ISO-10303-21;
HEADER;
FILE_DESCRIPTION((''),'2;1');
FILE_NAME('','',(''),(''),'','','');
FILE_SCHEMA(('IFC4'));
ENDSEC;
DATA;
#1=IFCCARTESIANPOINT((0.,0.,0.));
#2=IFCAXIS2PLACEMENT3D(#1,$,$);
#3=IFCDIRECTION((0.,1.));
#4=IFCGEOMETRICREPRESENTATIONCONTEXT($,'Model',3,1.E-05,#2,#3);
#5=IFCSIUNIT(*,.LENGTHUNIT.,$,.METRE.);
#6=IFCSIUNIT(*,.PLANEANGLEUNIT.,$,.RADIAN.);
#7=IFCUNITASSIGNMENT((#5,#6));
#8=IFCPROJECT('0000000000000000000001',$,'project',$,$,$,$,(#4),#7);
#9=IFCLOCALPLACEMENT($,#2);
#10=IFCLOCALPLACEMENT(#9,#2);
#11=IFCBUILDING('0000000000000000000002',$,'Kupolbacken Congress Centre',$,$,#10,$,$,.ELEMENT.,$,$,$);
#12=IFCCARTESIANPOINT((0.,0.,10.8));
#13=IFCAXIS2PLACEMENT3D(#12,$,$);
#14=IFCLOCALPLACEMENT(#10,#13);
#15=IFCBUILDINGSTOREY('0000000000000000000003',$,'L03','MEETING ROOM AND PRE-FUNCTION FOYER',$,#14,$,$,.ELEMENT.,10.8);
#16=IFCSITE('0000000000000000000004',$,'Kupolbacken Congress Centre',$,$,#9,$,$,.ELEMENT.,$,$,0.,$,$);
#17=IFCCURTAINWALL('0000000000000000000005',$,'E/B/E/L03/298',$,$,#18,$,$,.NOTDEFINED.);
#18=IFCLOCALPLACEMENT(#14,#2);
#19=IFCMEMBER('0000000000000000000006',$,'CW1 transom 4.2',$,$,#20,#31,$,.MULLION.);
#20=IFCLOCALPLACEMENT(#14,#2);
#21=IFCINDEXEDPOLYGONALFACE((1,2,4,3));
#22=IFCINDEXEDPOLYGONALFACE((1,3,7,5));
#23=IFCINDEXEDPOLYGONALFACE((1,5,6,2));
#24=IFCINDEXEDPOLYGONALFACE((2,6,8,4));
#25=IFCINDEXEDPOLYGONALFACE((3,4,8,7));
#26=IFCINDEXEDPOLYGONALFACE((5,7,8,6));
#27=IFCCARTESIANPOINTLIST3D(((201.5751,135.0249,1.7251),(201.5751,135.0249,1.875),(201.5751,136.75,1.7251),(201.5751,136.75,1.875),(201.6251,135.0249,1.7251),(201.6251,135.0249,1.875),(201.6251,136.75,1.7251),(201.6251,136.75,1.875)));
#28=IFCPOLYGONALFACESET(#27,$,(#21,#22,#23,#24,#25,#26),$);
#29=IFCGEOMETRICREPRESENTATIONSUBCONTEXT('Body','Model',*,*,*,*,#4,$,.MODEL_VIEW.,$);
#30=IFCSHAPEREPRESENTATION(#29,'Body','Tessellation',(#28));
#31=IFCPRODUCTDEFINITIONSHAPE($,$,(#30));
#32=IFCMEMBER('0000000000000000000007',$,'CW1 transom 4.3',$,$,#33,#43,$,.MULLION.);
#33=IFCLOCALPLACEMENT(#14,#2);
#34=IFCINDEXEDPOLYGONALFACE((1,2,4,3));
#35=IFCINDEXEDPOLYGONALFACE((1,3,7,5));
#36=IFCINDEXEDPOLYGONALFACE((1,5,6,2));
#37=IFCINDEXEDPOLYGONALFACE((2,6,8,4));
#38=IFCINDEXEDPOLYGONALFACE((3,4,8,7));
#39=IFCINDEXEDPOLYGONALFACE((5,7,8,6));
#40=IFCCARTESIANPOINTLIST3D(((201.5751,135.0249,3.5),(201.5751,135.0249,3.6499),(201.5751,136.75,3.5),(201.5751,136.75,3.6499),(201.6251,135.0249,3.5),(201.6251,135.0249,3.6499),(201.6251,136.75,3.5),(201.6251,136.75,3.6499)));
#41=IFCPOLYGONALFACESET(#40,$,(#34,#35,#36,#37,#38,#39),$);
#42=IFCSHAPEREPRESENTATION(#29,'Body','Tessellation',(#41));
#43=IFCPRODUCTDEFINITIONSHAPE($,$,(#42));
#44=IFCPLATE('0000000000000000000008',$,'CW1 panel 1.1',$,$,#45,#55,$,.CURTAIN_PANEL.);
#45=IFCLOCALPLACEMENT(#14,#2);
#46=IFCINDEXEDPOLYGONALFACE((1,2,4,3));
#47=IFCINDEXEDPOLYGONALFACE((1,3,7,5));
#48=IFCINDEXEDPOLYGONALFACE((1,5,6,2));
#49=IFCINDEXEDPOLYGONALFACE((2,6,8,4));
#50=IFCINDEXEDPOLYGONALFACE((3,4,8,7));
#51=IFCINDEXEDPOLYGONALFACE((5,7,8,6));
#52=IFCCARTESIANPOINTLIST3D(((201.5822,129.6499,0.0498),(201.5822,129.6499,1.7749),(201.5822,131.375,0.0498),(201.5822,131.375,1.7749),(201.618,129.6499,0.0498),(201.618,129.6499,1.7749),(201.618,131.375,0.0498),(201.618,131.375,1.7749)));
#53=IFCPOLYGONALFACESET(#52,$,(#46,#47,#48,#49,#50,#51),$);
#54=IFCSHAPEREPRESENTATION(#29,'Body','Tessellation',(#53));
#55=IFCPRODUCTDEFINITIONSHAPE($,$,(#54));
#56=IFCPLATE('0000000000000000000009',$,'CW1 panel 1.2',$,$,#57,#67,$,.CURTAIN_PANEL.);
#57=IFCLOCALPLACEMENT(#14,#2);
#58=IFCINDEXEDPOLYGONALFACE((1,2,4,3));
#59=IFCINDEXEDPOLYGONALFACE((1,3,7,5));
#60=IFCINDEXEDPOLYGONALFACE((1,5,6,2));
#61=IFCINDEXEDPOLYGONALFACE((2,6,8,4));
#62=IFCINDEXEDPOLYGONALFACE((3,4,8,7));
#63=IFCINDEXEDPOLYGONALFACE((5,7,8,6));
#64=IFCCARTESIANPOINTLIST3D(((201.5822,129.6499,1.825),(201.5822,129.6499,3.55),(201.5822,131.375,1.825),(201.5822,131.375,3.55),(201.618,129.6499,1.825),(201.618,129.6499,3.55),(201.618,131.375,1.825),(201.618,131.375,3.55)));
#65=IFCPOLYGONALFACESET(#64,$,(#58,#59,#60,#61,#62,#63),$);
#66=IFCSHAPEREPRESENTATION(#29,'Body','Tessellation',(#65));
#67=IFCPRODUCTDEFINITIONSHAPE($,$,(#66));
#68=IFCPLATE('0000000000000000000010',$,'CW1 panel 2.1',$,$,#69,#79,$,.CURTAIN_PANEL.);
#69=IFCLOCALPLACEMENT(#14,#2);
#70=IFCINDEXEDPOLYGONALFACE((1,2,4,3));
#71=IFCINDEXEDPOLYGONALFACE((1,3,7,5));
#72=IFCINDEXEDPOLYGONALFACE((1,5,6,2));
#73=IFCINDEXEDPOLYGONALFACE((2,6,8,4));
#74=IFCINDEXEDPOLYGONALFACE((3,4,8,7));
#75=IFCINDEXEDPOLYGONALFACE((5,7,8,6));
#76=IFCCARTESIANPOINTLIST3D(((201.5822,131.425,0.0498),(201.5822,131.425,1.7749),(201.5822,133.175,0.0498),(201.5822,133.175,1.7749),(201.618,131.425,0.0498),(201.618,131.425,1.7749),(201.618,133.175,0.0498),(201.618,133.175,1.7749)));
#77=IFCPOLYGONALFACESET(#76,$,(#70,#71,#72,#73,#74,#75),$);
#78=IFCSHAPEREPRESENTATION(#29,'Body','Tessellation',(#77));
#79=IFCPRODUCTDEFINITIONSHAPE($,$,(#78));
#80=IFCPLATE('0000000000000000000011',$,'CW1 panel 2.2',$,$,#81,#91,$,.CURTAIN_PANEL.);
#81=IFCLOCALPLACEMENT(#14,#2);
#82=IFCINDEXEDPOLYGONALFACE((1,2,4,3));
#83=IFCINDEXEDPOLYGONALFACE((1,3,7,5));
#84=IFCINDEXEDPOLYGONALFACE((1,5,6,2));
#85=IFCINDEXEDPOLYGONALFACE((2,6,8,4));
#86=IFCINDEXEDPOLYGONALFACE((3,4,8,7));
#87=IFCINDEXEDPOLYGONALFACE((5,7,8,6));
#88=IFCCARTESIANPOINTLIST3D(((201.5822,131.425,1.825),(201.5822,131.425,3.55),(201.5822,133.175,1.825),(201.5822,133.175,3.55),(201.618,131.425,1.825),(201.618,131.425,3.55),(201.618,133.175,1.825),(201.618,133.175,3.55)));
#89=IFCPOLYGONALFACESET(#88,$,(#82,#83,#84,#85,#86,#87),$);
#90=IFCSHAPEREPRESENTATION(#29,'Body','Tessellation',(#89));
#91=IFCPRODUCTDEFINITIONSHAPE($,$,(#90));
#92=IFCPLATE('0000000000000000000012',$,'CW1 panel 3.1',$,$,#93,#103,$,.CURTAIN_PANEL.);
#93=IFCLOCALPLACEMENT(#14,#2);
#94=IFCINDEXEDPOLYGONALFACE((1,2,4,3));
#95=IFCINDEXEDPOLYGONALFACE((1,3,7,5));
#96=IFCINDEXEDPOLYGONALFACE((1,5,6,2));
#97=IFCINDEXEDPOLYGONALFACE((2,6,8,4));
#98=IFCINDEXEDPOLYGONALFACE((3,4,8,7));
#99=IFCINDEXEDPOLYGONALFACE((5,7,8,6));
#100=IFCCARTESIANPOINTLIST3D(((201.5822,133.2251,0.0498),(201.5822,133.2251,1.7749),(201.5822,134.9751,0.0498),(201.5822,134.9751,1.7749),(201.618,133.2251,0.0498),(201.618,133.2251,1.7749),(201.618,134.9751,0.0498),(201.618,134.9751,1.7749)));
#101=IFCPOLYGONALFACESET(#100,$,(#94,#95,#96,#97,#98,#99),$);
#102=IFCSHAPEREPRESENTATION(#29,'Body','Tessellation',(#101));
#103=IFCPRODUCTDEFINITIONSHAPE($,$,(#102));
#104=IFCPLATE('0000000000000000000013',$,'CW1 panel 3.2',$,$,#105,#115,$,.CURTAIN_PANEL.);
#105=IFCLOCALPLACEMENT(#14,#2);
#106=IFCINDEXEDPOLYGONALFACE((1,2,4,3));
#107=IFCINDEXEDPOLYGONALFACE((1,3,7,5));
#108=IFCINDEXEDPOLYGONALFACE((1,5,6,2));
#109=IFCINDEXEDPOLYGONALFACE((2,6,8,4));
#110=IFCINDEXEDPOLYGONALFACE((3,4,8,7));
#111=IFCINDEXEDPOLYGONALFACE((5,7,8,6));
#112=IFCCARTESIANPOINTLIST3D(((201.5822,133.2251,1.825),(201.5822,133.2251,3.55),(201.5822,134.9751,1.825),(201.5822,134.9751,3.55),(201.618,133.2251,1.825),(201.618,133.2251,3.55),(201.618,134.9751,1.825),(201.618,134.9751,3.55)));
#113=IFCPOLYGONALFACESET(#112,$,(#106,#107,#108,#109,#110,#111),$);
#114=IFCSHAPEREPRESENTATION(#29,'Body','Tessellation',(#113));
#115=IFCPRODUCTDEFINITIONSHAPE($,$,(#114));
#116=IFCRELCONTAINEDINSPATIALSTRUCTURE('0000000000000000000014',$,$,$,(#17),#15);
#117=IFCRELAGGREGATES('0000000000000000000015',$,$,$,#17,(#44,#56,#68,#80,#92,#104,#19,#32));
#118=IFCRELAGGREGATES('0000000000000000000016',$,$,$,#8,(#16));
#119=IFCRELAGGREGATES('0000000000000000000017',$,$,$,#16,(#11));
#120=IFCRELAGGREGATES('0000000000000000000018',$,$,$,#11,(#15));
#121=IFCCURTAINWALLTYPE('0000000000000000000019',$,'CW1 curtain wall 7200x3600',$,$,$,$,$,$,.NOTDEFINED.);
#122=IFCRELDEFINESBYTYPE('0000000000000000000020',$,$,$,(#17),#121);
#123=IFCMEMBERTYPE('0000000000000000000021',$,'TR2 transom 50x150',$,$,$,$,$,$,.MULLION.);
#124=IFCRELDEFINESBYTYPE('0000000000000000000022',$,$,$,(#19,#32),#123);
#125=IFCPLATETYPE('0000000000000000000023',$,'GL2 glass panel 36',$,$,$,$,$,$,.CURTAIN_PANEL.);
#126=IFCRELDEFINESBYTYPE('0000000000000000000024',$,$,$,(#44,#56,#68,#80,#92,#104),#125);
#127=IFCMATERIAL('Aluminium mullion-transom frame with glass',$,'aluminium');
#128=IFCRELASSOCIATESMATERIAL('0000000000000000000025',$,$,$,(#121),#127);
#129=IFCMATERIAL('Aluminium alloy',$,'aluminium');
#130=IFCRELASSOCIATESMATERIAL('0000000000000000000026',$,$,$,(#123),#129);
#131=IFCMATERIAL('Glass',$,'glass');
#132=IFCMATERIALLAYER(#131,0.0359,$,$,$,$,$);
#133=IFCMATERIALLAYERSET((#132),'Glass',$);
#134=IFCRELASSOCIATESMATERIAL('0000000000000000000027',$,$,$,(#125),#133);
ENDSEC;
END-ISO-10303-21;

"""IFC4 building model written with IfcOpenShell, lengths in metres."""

from ifc_helpers import new_model, si_unit, direction, frame, origin, origin_2d, place, context, subcontext, project, spatial, rectangle, extrude, material, layer, layer_set, material_profile, profile_set, type_object, element, aggregate, save


model = new_model("IFC4")

# Units and contexts
model_context = context("Model", 3, precision=1e-05, world=origin(), true_north=direction((0.0, 1.0)))
body_context = subcontext(model_context, "Body", "Model", "MODEL_VIEW")
ifc_project = project(units=[si_unit("LENGTHUNIT", "METRE"), si_unit("PLANEANGLEUNIT", "RADIAN")], contexts=[model_context])

# Site, building, storey
site_placement = place(None, origin())
site = spatial("IfcSite", under=ifc_project, at=site_placement, Name="Kupolbacken Congress Centre", CompositionType="ELEMENT", RefElevation=0.0)
building_placement = place(site_placement, origin())
building = spatial("IfcBuilding", under=site, at=building_placement, Name="Kupolbacken Congress Centre", CompositionType="ELEMENT")
storey_placement = place(building_placement, frame((0.0, 0.0, 10.8)))
storey = spatial("IfcBuildingStorey", under=building, at=storey_placement, Name="L03", Description="MEETING ROOM AND PRE-FUNCTION FOYER", CompositionType="ELEMENT", Elevation=10.8)

# Shared definitions
ifc_material_1 = material(Name="Aluminium mullion-transom frame with glass", Category="aluminium")
curtain_wall_type = type_object("IfcCurtainWallType", Name="CW1 curtain wall 7200x3600", PredefinedType="NOTDEFINED", material=ifc_material_1)

# Curtain wall, members, plates
curtain_wall_1_placement = place(storey_placement, origin())
curtain_wall_1 = element("IfcCurtainWall", 1, at=curtain_wall_1_placement, inside=storey, type_object=curtain_wall_type, Name="E/B/E/L03/298", PredefinedType="NOTDEFINED")
ifc_material_2 = material(Name="Aluminium alloy", Category="aluminium")
ifc_material_profile_1 = material_profile(ifc_material_2, rectangle(XDim=0.05, YDim=0.1499, at=origin_2d()), Name="50 x 150")
ifc_profile_set_1 = profile_set([ifc_material_profile_1], Name="Aluminium alloy")
member_type_1 = type_object("IfcMemberType", Name="TR2 transom 50x150", PredefinedType="MULLION", material=ifc_profile_set_1)
member_1_placement = place(storey_placement, frame((201.6001, 135.0249, 1.8), z_axis=(0.0, 1.0, 0.0), x_axis=(-1.0, 0.0, 0.0)))
member_1 = element("IfcMember", 2, at=member_1_placement, type_object=member_type_1, Name="CW1 transom 4.2", PredefinedType="MULLION", context=body_context, shape_type="SweptSolid", body=[
    extrude(rectangle(XDim=0.05, YDim=0.1499, at=origin_2d()), origin(), (0.0, 0.0, 1.0), 1.7251),
])
member_2_placement = place(storey_placement, frame((201.6001, 135.0249, 3.575), z_axis=(0.0, 1.0, 0.0), x_axis=(-1.0, 0.0, 0.0)))
member_2 = element("IfcMember", 3, at=member_2_placement, type_object=member_type_1, Name="CW1 transom 4.3", PredefinedType="MULLION", context=body_context, shape_type="SweptSolid", body=[
    extrude(rectangle(XDim=0.05, YDim=0.1499, at=origin_2d()), origin(), (0.0, 0.0, 1.0), 1.7251),
])
ifc_material_3 = material(Name="Glass", Category="glass")
ifc_layer = layer(ifc_material_3, 0.0359)
ifc_layer_set = layer_set([ifc_layer], Name="Glass")
plate_type = type_object("IfcPlateType", Name="GL2 glass panel 36", PredefinedType="CURTAIN_PANEL", material=ifc_layer_set)
plate_1_placement = place(storey_placement, frame((201.6001, 130.5125, 0.0498), z_axis=(0.0, 0.0, 1.0), x_axis=(0.0, 1.0, 0.0)))
plate_1 = element("IfcPlate", 4, at=plate_1_placement, type_object=plate_type, Name="CW1 panel 1.1", PredefinedType="CURTAIN_PANEL", context=body_context, shape_type="SweptSolid", body=[
    extrude(rectangle(XDim=1.7251, YDim=0.0359, at=origin_2d()), origin(), (0.0, 0.0, 1.0), 1.7251),
])
plate_2_placement = place(storey_placement, frame((201.6001, 130.5125, 1.825), z_axis=(0.0, 0.0, 1.0), x_axis=(0.0, 1.0, 0.0)))
plate_2 = element("IfcPlate", 5, at=plate_2_placement, type_object=plate_type, Name="CW1 panel 1.2", PredefinedType="CURTAIN_PANEL", context=body_context, shape_type="SweptSolid", body=[
    extrude(rectangle(XDim=1.7251, YDim=0.0359, at=origin_2d()), origin(), (0.0, 0.0, 1.0), 1.7251),
])
plate_3_placement = place(storey_placement, frame((201.6001, 132.3, 0.0498), z_axis=(0.0, 0.0, 1.0), x_axis=(0.0, 1.0, 0.0)))
plate_3 = element("IfcPlate", 6, at=plate_3_placement, type_object=plate_type, Name="CW1 panel 2.1", PredefinedType="CURTAIN_PANEL", context=body_context, shape_type="SweptSolid", body=[
    extrude(rectangle(XDim=1.75, YDim=0.0359, at=origin_2d()), origin(), (0.0, 0.0, 1.0), 1.7251),
])
plate_4_placement = place(storey_placement, frame((201.6001, 132.3, 1.825), z_axis=(0.0, 0.0, 1.0), x_axis=(0.0, 1.0, 0.0)))
plate_4 = element("IfcPlate", 7, at=plate_4_placement, type_object=plate_type, Name="CW1 panel 2.2", PredefinedType="CURTAIN_PANEL", context=body_context, shape_type="SweptSolid", body=[
    extrude(rectangle(XDim=1.75, YDim=0.0359, at=origin_2d()), origin(), (0.0, 0.0, 1.0), 1.7251),
])
plate_5_placement = place(storey_placement, frame((201.6001, 134.1001, 0.0498), z_axis=(0.0, 0.0, 1.0), x_axis=(0.0, 1.0, 0.0)))
plate_5 = element("IfcPlate", 8, at=plate_5_placement, type_object=plate_type, Name="CW1 panel 3.1", PredefinedType="CURTAIN_PANEL", context=body_context, shape_type="SweptSolid", body=[
    extrude(rectangle(XDim=1.75, YDim=0.0359, at=origin_2d()), origin(), (0.0, 0.0, 1.0), 1.7251),
])
plate_6_placement = place(storey_placement, frame((201.6001, 134.1001, 1.825), z_axis=(0.0, 0.0, 1.0), x_axis=(0.0, 1.0, 0.0)))
plate_6 = element("IfcPlate", 9, at=plate_6_placement, type_object=plate_type, Name="CW1 panel 3.2", PredefinedType="CURTAIN_PANEL", context=body_context, shape_type="SweptSolid", body=[
    extrude(rectangle(XDim=1.75, YDim=0.0359, at=origin_2d()), origin(), (0.0, 0.0, 1.0), 1.7251),
])
aggregate(curtain_wall_1, [plate_1, plate_2, plate_3, plate_4, plate_5, plate_6, member_1, member_2])

save(model, "model.ifc")
